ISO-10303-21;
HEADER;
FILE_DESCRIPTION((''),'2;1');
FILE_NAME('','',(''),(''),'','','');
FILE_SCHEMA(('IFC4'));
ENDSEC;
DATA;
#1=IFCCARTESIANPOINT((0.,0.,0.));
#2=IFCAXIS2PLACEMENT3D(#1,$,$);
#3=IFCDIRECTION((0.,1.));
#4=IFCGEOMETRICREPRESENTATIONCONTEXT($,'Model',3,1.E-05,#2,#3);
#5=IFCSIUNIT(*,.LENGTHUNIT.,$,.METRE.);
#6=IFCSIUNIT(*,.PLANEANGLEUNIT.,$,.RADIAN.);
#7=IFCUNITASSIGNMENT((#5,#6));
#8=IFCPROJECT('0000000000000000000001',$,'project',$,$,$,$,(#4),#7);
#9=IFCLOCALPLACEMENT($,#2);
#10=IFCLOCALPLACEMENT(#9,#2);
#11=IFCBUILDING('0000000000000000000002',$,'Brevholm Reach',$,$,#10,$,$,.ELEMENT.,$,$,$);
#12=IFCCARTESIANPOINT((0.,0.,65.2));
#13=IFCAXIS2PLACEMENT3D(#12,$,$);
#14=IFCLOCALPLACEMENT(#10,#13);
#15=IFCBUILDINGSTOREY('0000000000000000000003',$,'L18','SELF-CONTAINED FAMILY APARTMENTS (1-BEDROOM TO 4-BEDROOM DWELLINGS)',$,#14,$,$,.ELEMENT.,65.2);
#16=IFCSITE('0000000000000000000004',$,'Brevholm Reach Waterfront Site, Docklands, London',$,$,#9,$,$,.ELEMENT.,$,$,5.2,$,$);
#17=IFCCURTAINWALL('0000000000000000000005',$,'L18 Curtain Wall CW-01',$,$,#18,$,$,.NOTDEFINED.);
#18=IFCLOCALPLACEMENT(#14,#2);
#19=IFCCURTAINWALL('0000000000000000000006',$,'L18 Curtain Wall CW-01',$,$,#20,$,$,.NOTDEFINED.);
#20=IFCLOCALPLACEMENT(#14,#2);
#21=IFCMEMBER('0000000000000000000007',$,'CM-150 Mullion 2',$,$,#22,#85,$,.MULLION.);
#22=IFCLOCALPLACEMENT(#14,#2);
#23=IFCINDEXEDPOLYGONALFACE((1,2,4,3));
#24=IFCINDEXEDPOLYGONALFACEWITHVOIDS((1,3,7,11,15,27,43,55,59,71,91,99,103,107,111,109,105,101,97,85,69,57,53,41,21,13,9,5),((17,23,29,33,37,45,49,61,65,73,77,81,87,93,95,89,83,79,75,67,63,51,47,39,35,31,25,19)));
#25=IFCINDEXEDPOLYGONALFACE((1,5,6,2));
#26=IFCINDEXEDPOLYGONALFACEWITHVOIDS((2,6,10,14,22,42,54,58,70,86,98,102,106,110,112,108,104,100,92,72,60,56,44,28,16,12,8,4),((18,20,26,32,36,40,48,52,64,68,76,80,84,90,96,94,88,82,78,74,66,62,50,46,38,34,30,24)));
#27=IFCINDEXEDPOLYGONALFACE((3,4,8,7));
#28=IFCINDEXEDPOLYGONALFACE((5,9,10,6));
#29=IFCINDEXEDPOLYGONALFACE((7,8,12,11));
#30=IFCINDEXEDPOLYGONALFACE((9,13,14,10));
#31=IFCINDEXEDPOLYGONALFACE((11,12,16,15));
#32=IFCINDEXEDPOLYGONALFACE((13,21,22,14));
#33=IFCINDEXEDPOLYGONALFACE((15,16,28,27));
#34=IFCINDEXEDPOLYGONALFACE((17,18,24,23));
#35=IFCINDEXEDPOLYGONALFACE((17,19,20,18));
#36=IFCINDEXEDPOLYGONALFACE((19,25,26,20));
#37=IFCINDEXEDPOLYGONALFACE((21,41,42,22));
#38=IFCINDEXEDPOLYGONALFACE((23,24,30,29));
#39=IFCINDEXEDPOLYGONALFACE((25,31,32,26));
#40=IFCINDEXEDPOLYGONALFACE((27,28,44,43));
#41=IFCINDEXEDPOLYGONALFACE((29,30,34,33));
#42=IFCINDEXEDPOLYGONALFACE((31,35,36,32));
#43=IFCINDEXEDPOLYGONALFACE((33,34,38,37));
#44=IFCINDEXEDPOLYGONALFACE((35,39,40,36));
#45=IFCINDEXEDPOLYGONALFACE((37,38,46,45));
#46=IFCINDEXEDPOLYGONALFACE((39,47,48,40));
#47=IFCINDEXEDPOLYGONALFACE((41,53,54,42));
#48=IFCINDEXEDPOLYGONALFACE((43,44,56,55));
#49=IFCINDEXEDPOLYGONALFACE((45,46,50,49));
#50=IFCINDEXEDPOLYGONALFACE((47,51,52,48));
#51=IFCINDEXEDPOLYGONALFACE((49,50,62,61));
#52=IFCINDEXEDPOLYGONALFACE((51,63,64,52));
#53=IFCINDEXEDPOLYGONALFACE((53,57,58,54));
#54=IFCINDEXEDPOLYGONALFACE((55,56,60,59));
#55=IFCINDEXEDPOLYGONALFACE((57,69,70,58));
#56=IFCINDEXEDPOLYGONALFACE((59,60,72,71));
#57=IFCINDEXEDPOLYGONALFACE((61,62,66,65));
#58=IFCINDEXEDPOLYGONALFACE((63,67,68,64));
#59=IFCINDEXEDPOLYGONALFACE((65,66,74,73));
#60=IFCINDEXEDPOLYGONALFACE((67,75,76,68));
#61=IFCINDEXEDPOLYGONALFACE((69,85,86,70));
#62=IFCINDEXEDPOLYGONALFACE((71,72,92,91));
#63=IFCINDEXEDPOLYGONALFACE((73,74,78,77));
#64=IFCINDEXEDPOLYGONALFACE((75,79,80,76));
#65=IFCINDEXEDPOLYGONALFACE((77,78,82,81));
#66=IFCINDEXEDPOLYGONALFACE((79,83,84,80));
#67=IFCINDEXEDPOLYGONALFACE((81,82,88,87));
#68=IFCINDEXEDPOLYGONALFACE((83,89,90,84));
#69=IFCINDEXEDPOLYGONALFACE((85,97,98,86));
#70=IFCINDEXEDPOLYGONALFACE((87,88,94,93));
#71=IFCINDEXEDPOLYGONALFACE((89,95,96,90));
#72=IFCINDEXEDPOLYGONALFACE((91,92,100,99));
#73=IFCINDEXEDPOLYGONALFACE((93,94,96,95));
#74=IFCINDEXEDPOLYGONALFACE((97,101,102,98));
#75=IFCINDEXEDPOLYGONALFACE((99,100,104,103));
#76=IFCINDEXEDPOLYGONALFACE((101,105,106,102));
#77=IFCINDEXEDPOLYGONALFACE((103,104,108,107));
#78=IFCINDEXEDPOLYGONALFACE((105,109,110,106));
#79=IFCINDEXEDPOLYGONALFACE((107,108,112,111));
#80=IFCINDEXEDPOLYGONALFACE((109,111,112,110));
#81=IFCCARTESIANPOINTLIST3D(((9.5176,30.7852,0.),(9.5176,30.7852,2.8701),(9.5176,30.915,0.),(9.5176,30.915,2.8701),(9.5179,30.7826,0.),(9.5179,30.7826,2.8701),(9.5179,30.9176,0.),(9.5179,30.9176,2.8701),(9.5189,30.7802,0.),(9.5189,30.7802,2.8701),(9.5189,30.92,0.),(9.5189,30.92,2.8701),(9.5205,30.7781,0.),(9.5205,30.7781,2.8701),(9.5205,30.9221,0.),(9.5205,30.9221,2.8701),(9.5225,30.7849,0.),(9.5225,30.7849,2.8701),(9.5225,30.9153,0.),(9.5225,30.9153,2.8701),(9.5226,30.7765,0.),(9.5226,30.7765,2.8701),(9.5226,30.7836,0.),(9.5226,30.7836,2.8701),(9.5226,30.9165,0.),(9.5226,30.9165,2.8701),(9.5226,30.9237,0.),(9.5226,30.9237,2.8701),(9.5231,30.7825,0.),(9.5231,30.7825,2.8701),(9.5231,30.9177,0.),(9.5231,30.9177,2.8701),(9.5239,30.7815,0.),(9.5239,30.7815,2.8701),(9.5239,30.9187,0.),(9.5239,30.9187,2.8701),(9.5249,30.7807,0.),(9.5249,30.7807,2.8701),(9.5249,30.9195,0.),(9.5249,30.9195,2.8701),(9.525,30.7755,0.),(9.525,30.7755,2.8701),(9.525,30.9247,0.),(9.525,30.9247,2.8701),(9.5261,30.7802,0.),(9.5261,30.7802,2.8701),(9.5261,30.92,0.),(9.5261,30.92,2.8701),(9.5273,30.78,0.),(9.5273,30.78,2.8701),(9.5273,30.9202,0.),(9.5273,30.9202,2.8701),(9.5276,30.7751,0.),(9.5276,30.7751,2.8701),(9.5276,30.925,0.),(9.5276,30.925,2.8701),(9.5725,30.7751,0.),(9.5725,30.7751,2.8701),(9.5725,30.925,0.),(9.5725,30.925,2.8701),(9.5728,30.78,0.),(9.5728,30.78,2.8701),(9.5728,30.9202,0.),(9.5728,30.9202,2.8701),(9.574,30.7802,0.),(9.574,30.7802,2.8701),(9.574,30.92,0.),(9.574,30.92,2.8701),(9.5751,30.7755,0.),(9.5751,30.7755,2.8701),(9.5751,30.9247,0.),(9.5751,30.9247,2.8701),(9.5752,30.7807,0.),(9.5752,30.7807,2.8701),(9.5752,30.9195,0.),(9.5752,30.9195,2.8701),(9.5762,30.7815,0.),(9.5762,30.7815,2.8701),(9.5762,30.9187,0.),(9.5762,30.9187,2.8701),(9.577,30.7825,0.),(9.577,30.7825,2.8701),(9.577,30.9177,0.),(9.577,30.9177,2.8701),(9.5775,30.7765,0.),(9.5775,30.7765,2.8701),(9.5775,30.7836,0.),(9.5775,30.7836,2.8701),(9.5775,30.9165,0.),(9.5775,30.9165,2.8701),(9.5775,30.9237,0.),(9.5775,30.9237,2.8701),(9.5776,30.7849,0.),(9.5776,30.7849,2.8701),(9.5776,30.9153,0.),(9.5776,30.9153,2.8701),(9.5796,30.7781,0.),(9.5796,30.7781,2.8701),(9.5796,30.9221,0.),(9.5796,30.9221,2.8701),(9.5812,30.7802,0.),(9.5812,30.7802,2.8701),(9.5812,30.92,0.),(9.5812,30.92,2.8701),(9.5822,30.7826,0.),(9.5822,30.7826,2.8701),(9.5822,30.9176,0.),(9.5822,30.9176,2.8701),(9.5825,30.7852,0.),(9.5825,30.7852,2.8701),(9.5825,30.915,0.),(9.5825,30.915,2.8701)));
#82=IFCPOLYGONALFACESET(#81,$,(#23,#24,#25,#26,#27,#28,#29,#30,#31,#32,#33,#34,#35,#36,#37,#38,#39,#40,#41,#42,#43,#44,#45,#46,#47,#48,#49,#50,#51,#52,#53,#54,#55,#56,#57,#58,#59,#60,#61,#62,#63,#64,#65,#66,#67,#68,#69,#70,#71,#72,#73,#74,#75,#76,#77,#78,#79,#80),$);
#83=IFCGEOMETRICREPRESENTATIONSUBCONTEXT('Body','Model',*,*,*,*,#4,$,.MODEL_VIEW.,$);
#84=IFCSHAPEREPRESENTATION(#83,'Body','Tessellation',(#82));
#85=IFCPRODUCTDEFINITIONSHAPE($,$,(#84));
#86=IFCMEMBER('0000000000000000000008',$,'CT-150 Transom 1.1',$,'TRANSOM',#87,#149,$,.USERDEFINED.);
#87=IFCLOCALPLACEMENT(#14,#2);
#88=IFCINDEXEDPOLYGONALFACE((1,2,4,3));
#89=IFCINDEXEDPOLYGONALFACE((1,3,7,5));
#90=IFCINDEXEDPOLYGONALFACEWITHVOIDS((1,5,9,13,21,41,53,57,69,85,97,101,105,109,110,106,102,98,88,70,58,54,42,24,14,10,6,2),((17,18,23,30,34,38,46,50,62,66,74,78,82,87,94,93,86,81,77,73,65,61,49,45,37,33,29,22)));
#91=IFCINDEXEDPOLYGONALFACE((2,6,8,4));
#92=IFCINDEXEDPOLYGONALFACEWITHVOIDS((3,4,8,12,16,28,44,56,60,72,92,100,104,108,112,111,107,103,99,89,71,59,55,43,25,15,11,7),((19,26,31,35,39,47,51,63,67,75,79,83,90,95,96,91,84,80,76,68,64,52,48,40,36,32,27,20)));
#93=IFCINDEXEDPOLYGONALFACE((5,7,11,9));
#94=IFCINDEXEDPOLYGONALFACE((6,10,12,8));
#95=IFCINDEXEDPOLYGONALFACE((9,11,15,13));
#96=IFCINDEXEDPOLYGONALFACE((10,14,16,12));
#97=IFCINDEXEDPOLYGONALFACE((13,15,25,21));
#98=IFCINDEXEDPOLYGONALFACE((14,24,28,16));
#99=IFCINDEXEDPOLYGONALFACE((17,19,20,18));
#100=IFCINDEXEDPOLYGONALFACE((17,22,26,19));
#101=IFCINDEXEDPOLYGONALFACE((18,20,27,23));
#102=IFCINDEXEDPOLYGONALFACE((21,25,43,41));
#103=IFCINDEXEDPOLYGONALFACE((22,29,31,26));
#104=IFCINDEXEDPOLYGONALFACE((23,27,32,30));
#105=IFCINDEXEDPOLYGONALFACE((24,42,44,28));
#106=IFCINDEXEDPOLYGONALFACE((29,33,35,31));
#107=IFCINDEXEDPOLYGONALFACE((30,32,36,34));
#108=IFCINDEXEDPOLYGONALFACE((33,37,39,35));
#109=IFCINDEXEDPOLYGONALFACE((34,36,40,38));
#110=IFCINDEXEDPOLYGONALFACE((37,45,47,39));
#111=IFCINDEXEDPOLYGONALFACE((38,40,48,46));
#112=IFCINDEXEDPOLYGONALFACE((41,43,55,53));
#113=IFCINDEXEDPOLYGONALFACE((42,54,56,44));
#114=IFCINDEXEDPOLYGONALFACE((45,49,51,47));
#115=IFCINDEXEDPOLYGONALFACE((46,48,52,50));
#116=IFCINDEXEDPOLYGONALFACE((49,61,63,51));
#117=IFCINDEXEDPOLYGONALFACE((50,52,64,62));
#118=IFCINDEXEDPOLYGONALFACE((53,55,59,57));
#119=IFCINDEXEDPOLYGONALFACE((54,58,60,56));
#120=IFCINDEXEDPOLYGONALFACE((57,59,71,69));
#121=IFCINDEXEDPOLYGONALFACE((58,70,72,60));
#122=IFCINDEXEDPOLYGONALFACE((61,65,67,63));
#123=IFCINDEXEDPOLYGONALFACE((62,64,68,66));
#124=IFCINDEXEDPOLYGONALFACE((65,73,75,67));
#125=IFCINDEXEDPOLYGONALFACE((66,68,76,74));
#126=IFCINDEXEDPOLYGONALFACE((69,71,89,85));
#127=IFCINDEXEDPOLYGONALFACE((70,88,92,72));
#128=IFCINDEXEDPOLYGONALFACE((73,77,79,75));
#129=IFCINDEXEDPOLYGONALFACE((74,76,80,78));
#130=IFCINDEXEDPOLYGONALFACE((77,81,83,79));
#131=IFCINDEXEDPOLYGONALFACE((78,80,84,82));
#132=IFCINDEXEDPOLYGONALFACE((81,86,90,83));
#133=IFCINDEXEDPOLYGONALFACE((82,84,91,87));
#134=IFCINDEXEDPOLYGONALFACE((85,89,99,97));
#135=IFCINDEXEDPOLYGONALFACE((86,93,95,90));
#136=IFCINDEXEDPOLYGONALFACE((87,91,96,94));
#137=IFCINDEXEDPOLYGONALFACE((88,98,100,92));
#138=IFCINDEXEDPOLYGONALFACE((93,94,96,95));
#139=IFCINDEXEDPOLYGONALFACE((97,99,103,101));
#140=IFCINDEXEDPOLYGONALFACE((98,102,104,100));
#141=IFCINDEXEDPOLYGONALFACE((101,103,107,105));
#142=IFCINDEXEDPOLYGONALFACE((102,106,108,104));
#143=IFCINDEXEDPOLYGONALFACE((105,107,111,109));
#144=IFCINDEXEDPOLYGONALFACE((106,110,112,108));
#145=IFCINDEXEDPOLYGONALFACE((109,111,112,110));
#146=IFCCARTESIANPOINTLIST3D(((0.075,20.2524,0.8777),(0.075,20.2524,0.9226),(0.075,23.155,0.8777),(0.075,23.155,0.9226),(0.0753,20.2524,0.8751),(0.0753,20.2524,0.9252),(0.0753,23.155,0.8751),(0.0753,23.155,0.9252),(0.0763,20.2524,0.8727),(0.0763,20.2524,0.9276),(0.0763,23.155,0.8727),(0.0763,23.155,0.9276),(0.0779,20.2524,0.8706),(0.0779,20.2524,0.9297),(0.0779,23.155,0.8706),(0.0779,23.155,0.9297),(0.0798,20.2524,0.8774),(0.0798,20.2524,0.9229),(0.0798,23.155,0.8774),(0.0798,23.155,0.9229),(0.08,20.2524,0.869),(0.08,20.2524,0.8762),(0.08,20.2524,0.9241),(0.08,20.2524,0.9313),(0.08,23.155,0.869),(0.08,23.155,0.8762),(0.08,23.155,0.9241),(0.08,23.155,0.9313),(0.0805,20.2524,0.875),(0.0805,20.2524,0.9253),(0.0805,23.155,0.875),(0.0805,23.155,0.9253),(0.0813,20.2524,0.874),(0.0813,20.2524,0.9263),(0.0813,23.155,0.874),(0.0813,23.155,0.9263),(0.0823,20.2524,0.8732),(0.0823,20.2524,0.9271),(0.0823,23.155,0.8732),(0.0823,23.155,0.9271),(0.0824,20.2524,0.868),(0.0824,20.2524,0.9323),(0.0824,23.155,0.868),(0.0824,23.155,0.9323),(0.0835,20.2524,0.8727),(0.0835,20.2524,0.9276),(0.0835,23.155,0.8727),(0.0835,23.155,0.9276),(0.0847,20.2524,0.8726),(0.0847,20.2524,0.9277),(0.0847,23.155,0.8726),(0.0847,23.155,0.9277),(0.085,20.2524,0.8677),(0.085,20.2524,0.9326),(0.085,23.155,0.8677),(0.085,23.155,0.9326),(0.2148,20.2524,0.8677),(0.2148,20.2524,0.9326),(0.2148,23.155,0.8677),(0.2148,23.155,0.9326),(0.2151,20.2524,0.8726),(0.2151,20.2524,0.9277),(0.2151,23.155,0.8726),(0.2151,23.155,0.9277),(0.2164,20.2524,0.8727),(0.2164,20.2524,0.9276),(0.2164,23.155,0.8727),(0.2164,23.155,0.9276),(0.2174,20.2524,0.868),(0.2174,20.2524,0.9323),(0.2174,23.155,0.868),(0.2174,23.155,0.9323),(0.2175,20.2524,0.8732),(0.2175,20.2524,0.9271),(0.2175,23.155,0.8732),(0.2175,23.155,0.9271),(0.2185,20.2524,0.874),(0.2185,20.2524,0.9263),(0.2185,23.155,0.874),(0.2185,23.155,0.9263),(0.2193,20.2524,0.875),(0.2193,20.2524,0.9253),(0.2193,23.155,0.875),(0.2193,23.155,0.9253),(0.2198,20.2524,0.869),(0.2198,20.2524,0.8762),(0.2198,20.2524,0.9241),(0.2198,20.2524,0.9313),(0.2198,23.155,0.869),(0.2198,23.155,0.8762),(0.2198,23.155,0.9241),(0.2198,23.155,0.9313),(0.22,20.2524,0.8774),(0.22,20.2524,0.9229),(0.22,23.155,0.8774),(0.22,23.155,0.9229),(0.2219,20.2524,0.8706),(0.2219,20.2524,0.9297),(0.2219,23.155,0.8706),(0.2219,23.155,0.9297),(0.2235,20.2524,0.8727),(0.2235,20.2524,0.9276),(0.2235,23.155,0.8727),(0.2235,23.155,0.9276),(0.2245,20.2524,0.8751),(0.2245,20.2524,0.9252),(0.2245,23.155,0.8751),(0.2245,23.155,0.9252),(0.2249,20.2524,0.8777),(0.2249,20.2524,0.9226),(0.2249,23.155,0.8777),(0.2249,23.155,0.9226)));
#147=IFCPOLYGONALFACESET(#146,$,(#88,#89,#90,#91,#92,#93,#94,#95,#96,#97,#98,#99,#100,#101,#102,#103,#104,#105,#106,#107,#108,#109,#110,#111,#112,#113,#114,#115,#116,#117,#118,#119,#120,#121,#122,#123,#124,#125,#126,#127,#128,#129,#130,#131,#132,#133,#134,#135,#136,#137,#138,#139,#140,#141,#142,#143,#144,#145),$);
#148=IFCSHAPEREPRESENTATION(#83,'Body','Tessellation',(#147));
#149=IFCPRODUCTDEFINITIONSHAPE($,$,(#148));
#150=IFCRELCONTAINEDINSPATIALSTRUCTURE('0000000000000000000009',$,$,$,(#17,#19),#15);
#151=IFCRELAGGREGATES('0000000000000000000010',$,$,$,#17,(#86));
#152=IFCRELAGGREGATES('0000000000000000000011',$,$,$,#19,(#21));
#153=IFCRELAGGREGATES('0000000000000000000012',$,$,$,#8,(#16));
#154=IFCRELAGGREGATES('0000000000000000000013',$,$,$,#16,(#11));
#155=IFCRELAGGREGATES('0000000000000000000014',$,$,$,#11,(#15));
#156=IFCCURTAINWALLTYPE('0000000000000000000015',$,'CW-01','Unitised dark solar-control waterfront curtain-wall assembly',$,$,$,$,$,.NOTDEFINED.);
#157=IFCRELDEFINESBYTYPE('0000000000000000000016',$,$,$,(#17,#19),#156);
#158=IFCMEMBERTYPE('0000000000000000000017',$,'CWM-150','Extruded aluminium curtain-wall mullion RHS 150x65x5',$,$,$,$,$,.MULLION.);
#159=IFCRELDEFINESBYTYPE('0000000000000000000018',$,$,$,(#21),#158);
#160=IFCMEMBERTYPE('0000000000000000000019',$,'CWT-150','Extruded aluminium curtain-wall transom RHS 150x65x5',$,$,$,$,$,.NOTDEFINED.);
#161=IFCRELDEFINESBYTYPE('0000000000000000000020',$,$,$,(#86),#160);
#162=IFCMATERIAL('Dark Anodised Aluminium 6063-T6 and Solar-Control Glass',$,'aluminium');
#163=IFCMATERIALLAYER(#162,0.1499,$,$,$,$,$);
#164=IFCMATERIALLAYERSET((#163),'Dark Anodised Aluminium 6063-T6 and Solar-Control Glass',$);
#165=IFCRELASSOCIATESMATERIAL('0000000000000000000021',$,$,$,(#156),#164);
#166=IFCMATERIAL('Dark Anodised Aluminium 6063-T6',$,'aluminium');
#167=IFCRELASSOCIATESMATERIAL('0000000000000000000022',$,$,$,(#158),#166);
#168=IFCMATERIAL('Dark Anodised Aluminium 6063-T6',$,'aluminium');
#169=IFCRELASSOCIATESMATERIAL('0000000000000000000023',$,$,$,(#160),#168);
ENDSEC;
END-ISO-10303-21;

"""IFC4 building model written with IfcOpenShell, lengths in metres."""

from ifc_helpers import new_model, si_unit, direction, frame, origin, origin_2d, place, context, subcontext, project, spatial, hollow_rectangle, extrude, material, layer, layer_set, material_profile, profile_set, type_object, element, aggregate, save


model = new_model("IFC4")

# Units and contexts
model_context = context("Model", 3, precision=1e-05, world=origin(), true_north=direction((0.0, 1.0)))
body_context = subcontext(model_context, "Body", "Model", "MODEL_VIEW")
ifc_project = project(units=[si_unit("LENGTHUNIT", "METRE"), si_unit("PLANEANGLEUNIT", "RADIAN")], contexts=[model_context])

# Site, building, storey
site_placement = place(None, origin())
site = spatial("IfcSite", under=ifc_project, at=site_placement, Name="Brevholm Reach Waterfront Site, Docklands, London", CompositionType="ELEMENT", RefElevation=5.2)
building_placement = place(site_placement, origin())
building = spatial("IfcBuilding", under=site, at=building_placement, Name="Brevholm Reach", CompositionType="ELEMENT")
storey_placement = place(building_placement, frame((0.0, 0.0, 65.2)))
storey = spatial("IfcBuildingStorey", under=building, at=storey_placement, Name="L18", Description="SELF-CONTAINED FAMILY APARTMENTS (1-BEDROOM TO 4-BEDROOM DWELLINGS)", CompositionType="ELEMENT", Elevation=65.2)

# Curtain wall
ifc_material_1 = material(Name="Dark Anodised Aluminium 6063-T6 and Solar-Control Glass", Category="aluminium")
ifc_layer_1 = layer(ifc_material_1, 0.1499)
ifc_layer_set_1 = layer_set([ifc_layer_1], Name="Dark Anodised Aluminium 6063-T6 and Solar-Control Glass")
curtain_wall_type = type_object("IfcCurtainWallType", Name="CW-01", Description="Unitised dark solar-control waterfront curtain-wall assembly", PredefinedType="NOTDEFINED", material=ifc_layer_set_1)
curtain_wall_1_placement = place(storey_placement, origin())
curtain_wall_1 = element("IfcCurtainWall", 1, at=curtain_wall_1_placement, inside=storey, type_object=curtain_wall_type, Name="L18 Curtain Wall CW-01", PredefinedType="NOTDEFINED")
ifc_material_2 = material(Name="Dark Anodised Aluminium 6063-T6", Category="aluminium")
ifc_material_profile_1 = material_profile(ifc_material_2, hollow_rectangle(XDim=0.0649, YDim=0.1499, WallThickness=0.0049, InnerFilletRadius=0.0049, OuterFilletRadius=0.01, at=origin_2d()), Name="RHS 150x65x5")
ifc_profile_set_1 = profile_set([ifc_material_profile_1], Name="Dark Anodised Aluminium 6063-T6")
member_type_1 = type_object("IfcMemberType", Name="CWM-150", Description="Extruded aluminium curtain-wall mullion RHS 150x65x5", PredefinedType="MULLION", material=ifc_profile_set_1)

# Curtain wall, member
curtain_wall_2_placement = place(storey_placement, origin())
curtain_wall_2 = element("IfcCurtainWall", 2, at=curtain_wall_2_placement, inside=storey, type_object=curtain_wall_type, Name="L18 Curtain Wall CW-01", PredefinedType="NOTDEFINED")
member_1_placement = place(storey_placement, frame((9.55, 30.8501, 0.0), z_axis=(0.0, 0.0, 1.0), x_axis=(1.0, 0.0, 0.0)))
member_1 = element("IfcMember", 3, at=member_1_placement, type_object=member_type_1, Name="CM-150 Mullion 2", PredefinedType="MULLION", context=body_context, shape_type="SweptSolid", body=[
    extrude(hollow_rectangle(XDim=0.0649, YDim=0.1499, WallThickness=0.0049, InnerFilletRadius=0.0049, OuterFilletRadius=0.01, at=origin_2d()), origin(), (0.0, 0.0, 1.0), 2.8701),
])

# Member
ifc_material_3 = material(Name="Dark Anodised Aluminium 6063-T6", Category="aluminium")
ifc_material_profile_2 = material_profile(ifc_material_3, hollow_rectangle(XDim=0.0649, YDim=0.1499, WallThickness=0.0049, InnerFilletRadius=0.0049, OuterFilletRadius=0.01, at=origin_2d()), Name="RHS 150x65x5")
ifc_profile_set_2 = profile_set([ifc_material_profile_2], Name="Dark Anodised Aluminium 6063-T6")
member_type_2 = type_object("IfcMemberType", Name="CWT-150", Description="Extruded aluminium curtain-wall transom RHS 150x65x5", PredefinedType="NOTDEFINED", material=ifc_profile_set_2)
member_2_placement = place(storey_placement, frame((0.1499, 23.155, 0.9001), z_axis=(0.0, -1.0, 0.0), x_axis=(0.0, 0.0, 1.0)))
member_2 = element("IfcMember", 4, at=member_2_placement, type_object=member_type_2, Name="CT-150 Transom 1.1", ObjectType="TRANSOM", PredefinedType="USERDEFINED", context=body_context, shape_type="SweptSolid", body=[
    extrude(hollow_rectangle(XDim=0.0649, YDim=0.1499, WallThickness=0.0049, InnerFilletRadius=0.0049, OuterFilletRadius=0.01, at=origin_2d()), origin(), (0.0, 0.0, 1.0), 2.9026),
])

aggregate(curtain_wall_1, [member_2])
aggregate(curtain_wall_2, [member_1])

save(model, "model.ifc")
